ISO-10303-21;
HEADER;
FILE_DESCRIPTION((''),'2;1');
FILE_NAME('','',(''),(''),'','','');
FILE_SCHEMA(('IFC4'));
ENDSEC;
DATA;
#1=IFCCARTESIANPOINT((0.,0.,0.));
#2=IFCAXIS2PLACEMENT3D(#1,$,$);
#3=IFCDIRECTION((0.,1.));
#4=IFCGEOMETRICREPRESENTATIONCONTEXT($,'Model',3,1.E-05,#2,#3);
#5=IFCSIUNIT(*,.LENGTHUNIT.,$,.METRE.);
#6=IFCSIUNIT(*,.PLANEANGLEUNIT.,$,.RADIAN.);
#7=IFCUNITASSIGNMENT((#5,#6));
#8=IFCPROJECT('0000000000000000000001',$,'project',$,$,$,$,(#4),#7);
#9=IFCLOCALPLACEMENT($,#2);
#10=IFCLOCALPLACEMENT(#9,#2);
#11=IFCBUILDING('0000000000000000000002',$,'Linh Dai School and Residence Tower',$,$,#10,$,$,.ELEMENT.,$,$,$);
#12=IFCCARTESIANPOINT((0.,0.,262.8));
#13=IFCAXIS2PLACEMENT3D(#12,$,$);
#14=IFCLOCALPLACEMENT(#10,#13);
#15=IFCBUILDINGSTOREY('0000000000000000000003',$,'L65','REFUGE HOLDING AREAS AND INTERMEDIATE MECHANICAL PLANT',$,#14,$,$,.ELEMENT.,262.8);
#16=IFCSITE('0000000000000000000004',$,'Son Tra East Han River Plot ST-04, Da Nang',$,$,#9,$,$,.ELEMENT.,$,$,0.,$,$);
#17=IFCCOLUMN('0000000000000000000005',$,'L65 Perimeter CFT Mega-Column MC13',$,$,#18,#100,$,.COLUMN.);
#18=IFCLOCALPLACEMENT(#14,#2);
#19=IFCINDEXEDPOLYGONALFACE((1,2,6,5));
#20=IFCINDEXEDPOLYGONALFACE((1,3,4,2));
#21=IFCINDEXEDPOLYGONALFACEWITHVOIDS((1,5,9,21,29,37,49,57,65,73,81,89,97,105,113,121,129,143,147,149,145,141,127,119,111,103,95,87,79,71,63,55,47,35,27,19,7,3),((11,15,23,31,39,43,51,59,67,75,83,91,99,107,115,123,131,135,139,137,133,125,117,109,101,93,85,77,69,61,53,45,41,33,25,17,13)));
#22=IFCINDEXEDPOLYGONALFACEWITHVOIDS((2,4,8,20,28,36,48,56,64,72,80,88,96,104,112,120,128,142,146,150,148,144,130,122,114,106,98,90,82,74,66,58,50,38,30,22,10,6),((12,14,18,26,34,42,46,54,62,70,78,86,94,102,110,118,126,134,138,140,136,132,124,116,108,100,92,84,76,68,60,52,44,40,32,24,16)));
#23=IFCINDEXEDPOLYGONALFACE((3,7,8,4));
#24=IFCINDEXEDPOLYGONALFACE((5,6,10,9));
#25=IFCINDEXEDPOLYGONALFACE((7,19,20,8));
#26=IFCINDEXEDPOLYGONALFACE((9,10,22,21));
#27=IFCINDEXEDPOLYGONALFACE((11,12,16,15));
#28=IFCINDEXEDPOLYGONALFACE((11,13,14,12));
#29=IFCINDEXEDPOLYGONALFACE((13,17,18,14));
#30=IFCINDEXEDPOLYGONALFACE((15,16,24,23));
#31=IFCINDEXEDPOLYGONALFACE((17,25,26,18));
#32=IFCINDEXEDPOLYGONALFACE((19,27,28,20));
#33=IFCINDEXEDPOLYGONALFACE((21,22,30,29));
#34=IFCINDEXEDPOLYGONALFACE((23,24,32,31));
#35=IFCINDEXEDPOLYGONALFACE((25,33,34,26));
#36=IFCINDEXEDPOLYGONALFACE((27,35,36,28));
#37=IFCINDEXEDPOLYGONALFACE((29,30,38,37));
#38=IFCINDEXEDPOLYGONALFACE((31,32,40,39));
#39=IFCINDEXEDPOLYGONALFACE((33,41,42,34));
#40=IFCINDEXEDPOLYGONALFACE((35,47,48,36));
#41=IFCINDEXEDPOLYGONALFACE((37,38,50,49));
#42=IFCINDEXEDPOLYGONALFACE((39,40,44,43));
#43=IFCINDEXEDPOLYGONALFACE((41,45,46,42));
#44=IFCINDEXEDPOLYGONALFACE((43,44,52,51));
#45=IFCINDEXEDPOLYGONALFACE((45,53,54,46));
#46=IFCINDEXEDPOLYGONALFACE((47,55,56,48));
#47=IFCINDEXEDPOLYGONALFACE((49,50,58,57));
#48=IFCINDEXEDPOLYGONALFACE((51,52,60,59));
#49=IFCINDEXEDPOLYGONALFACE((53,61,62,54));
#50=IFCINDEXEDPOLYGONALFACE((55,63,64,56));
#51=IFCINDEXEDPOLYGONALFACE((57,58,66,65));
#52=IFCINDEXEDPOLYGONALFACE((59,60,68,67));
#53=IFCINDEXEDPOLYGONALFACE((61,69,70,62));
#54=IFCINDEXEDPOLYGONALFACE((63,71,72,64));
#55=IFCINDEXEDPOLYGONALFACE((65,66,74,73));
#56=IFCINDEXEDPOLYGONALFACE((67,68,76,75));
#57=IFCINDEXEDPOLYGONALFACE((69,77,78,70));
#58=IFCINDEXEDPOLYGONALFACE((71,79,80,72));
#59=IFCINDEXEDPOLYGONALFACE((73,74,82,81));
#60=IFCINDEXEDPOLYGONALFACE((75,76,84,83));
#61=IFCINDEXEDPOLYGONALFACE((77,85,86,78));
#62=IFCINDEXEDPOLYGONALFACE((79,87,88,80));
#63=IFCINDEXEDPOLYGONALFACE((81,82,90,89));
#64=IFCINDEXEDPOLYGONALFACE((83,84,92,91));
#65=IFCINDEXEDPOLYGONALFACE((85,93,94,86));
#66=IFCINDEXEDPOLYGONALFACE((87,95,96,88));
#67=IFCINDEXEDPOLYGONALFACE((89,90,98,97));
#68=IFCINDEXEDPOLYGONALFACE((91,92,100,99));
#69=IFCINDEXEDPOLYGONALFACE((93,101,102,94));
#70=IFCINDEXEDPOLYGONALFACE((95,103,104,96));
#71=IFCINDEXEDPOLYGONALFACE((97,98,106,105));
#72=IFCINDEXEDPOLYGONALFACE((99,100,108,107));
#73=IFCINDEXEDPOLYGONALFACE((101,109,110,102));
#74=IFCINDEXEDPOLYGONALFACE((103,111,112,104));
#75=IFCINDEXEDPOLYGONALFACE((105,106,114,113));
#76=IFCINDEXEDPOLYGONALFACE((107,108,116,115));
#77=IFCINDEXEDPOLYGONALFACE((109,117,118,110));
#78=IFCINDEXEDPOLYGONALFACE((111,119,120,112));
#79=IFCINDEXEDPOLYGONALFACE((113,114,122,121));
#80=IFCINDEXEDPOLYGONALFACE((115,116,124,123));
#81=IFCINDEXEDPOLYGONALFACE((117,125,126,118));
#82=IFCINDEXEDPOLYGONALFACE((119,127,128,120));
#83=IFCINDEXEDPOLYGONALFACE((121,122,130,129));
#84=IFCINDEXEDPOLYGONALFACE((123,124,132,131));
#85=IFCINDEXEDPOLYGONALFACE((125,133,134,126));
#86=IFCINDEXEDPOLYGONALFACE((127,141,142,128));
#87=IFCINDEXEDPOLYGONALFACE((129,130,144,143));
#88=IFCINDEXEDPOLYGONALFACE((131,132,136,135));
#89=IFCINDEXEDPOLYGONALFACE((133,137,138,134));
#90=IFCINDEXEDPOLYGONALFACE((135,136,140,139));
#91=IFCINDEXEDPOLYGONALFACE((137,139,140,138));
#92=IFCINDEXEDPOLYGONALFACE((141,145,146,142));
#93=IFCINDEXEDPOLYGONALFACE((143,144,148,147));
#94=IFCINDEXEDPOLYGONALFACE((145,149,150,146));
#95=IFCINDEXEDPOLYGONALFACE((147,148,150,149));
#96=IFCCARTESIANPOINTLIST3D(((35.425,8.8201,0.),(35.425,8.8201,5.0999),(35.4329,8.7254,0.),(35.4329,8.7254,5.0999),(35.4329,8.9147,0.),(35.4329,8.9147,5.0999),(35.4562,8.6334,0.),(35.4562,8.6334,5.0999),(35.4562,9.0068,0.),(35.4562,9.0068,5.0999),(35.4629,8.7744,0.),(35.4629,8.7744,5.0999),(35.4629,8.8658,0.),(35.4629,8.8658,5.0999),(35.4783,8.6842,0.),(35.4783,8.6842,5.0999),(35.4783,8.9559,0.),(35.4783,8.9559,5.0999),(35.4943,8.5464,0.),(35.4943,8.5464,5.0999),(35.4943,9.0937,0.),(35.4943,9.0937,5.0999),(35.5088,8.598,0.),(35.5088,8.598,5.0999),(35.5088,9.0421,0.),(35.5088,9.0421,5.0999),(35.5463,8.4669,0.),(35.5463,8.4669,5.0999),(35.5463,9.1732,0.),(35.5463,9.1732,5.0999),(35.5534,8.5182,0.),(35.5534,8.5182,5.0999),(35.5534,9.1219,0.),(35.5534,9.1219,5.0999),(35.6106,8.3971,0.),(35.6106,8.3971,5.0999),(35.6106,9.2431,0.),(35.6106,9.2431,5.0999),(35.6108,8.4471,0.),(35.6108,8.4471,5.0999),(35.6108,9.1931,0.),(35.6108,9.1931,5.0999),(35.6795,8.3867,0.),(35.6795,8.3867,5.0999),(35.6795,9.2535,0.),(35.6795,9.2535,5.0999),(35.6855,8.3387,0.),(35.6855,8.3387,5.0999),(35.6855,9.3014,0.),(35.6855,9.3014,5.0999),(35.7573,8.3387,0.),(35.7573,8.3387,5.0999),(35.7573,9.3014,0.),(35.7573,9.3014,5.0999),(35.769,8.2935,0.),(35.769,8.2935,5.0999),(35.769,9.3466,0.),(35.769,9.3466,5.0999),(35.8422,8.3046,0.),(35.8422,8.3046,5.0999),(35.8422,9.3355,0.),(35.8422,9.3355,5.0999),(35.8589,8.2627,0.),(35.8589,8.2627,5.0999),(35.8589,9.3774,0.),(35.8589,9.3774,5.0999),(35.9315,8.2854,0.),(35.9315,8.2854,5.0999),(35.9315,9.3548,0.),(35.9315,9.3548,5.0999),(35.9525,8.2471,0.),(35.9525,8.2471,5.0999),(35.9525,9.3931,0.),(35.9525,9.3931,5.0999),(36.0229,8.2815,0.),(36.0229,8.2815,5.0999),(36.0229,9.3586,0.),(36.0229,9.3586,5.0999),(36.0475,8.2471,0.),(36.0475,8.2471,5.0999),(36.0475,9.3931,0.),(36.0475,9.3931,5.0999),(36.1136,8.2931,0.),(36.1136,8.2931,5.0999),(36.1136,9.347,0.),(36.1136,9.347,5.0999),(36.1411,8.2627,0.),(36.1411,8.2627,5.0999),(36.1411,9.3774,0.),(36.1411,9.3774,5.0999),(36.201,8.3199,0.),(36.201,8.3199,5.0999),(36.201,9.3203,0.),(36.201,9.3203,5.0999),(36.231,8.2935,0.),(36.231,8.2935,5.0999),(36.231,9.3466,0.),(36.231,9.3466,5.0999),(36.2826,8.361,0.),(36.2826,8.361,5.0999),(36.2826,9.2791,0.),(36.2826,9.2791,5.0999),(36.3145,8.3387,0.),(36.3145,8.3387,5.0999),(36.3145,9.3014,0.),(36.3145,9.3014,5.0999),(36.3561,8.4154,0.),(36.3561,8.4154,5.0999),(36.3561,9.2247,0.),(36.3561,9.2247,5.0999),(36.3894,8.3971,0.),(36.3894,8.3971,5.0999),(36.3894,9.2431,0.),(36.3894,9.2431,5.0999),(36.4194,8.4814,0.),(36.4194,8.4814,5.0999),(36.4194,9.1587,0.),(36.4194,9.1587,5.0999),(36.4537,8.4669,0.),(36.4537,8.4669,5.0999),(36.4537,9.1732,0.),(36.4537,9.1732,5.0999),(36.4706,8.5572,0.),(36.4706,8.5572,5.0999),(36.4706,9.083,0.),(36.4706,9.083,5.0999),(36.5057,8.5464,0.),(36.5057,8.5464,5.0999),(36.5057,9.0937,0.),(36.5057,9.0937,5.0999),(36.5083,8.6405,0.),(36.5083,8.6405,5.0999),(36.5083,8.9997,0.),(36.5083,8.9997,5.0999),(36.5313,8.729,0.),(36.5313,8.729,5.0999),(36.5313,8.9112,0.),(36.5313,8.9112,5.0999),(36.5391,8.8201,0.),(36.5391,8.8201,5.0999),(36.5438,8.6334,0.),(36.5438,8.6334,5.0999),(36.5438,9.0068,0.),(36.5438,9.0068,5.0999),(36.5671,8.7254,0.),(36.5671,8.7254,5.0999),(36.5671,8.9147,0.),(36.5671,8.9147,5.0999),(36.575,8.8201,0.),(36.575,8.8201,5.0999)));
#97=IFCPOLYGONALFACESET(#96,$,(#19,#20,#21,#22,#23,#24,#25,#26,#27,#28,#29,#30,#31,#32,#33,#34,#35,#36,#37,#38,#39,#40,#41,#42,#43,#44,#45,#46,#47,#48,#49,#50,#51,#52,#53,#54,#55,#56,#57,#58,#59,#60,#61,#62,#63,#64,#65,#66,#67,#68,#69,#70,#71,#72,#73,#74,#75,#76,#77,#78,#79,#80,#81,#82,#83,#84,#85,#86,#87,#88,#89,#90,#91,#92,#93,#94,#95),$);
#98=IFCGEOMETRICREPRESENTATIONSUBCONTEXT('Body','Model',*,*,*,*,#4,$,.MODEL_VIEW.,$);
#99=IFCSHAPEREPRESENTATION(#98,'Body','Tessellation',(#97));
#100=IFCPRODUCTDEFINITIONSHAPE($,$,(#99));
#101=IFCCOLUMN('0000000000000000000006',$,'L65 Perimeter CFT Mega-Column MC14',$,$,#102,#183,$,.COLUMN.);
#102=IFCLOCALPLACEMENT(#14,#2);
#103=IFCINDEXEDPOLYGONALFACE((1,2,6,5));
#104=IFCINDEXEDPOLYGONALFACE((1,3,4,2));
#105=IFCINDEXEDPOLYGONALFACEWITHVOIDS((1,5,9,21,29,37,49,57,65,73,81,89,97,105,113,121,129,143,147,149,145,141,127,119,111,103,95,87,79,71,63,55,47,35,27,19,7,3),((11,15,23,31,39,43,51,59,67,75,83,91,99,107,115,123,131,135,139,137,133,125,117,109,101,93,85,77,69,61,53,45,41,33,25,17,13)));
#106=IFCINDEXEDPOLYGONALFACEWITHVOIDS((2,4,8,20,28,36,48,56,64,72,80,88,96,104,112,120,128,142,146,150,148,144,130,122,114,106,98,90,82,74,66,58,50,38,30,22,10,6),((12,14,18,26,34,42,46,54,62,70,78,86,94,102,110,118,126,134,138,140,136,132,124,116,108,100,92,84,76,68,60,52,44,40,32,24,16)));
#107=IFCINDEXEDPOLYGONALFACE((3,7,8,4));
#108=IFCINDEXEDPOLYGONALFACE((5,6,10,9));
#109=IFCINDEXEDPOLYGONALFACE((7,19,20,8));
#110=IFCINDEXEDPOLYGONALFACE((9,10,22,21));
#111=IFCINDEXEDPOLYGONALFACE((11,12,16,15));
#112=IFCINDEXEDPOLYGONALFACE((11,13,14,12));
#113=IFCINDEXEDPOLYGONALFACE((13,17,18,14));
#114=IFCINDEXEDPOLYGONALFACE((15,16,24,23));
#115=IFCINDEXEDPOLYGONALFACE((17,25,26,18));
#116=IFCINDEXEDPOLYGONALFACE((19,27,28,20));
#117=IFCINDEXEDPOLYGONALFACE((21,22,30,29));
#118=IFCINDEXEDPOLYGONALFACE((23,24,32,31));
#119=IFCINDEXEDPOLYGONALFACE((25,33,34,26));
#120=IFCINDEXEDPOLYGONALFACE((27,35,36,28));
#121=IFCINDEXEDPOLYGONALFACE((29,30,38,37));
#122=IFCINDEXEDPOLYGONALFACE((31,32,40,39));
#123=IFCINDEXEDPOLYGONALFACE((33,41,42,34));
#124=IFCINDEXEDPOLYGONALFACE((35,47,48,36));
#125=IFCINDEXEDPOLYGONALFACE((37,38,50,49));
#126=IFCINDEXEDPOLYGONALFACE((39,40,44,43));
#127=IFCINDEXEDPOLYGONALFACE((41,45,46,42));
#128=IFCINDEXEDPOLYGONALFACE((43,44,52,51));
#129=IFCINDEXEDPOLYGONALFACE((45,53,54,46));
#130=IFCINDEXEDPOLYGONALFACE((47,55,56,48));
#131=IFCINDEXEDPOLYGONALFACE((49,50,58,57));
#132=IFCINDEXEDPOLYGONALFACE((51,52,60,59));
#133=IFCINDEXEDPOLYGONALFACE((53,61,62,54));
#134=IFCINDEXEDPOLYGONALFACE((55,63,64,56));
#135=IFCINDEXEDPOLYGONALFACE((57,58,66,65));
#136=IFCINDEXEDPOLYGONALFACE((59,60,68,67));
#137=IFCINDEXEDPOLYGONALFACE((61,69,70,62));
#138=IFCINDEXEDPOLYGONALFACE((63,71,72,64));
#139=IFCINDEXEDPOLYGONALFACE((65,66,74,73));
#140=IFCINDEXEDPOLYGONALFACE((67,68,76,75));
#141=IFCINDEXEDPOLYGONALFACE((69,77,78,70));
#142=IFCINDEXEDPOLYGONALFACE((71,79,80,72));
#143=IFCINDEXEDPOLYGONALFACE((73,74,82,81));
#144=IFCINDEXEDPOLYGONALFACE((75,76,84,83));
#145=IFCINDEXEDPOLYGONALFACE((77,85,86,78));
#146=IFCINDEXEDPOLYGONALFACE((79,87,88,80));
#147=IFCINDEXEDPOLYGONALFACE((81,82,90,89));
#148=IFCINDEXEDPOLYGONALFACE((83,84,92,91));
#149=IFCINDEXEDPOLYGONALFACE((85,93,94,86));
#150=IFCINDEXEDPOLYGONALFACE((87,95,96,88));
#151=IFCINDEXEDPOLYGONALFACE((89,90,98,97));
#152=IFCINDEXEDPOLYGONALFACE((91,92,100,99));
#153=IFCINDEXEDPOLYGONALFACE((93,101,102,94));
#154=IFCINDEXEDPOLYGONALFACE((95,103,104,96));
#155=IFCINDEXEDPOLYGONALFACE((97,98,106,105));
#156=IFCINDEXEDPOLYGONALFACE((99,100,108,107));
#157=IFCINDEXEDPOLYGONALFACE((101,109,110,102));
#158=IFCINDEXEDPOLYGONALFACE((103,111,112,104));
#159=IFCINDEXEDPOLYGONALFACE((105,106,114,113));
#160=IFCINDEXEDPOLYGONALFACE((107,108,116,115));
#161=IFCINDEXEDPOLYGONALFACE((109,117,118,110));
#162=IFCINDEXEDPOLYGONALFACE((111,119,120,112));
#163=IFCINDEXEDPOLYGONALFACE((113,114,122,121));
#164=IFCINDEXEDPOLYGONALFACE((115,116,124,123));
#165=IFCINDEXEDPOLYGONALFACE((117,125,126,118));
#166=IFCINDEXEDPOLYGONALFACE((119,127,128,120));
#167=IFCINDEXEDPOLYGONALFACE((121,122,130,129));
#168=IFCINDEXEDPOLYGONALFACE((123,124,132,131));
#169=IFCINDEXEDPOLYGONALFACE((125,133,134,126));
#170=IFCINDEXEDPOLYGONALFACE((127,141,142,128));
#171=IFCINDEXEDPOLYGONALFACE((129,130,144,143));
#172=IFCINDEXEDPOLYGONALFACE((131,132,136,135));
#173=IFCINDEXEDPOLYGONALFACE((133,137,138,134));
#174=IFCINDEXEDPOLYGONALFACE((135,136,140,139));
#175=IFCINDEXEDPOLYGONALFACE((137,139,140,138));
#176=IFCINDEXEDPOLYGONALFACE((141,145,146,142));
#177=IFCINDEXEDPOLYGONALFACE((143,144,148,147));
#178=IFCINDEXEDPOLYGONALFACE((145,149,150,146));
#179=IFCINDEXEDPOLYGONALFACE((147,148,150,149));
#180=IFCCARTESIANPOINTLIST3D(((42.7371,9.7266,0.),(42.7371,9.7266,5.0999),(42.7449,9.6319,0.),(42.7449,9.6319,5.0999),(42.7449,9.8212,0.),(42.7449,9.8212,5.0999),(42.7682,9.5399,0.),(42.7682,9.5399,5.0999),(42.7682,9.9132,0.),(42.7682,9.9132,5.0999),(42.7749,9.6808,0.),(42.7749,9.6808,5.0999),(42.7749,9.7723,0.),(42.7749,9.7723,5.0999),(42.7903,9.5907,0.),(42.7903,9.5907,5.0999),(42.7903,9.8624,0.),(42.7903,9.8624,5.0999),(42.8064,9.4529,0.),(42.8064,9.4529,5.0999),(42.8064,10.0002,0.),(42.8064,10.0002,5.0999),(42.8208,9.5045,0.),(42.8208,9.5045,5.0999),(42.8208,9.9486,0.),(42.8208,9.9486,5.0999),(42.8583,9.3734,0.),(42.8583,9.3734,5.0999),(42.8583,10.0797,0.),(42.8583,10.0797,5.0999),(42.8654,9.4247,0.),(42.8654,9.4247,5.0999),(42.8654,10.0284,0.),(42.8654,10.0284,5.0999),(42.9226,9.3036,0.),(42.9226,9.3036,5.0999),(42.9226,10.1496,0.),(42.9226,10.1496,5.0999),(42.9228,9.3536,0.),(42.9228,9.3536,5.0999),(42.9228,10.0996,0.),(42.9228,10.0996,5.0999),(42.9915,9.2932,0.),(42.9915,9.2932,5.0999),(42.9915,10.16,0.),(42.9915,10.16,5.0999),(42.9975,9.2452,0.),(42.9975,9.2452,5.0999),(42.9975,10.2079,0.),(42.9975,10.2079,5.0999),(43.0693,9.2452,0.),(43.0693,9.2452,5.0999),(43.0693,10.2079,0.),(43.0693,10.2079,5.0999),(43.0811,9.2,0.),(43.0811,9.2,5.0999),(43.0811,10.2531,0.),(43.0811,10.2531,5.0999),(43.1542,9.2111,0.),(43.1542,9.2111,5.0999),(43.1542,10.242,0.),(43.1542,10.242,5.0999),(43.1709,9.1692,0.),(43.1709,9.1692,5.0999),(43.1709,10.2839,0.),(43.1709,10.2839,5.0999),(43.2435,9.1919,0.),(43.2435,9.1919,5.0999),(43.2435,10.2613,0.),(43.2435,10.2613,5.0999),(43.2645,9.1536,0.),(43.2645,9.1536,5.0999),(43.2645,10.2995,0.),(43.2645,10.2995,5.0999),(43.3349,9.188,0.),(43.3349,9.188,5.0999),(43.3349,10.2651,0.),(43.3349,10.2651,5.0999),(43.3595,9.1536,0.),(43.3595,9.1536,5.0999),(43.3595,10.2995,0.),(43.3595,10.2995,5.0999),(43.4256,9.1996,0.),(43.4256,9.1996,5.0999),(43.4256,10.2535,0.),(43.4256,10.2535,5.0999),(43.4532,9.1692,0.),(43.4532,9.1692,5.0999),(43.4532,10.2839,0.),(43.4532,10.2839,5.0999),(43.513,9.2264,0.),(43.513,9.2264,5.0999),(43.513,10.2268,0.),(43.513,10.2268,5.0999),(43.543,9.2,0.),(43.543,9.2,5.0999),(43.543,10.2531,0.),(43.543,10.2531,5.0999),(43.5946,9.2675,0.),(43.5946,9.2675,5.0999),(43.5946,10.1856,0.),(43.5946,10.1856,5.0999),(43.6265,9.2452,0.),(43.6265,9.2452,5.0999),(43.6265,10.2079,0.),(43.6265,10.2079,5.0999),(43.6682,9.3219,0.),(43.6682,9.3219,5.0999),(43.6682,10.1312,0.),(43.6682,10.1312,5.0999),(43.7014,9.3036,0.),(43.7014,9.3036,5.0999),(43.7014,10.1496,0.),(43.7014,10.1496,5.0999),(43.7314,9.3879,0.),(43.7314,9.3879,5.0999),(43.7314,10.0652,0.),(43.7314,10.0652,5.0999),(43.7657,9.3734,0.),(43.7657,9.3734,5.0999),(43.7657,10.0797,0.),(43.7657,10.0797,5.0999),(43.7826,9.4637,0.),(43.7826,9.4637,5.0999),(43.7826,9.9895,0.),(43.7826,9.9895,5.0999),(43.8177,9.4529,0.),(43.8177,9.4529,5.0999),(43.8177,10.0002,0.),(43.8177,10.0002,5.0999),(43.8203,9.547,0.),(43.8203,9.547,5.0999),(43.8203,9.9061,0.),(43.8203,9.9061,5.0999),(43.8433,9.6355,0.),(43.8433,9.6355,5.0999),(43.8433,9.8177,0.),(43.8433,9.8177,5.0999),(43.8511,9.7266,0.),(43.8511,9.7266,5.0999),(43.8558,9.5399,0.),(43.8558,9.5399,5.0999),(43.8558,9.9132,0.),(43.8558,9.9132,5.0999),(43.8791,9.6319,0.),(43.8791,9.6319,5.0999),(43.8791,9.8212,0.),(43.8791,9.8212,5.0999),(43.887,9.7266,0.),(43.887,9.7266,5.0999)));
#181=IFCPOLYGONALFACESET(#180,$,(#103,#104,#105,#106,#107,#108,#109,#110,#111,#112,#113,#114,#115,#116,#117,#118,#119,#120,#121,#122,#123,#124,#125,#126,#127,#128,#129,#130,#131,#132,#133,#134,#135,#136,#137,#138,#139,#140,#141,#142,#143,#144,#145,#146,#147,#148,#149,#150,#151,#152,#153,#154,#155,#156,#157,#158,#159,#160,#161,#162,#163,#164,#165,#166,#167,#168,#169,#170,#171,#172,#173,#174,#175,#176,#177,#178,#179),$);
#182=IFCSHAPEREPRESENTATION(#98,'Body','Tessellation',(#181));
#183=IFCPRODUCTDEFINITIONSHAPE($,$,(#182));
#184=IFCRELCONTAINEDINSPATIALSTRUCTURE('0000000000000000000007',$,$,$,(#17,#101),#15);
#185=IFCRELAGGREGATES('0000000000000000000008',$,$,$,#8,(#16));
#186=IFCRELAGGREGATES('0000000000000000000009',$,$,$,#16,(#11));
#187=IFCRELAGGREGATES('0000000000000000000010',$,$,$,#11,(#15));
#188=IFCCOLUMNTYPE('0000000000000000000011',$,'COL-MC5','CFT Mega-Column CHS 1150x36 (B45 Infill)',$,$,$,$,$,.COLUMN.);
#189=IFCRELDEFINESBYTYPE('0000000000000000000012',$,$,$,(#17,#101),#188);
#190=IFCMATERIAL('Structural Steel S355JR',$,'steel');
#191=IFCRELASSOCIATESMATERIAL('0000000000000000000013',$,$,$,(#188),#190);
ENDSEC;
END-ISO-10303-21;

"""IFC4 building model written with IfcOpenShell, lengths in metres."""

from ifc_helpers import new_model, si_unit, direction, frame, origin, origin_2d, place, context, subcontext, project, spatial, hollow_circle, extrude, material, material_profile, profile_set, type_object, element, save


model = new_model("IFC4")

# Units and contexts
model_context = context("Model", 3, precision=1e-05, world=origin(), true_north=direction((0.0, 1.0)))
body_context = subcontext(model_context, "Body", "Model", "MODEL_VIEW")
ifc_project = project(units=[si_unit("LENGTHUNIT", "METRE"), si_unit("PLANEANGLEUNIT", "RADIAN")], contexts=[model_context])

# Site, building, storey
site_placement = place(None, origin())
site = spatial("IfcSite", under=ifc_project, at=site_placement, Name="Son Tra East Han River Plot ST-04, Da Nang", CompositionType="ELEMENT", RefElevation=0.0)
building_placement = place(site_placement, origin())
building = spatial("IfcBuilding", under=site, at=building_placement, Name="Linh Dai School and Residence Tower", CompositionType="ELEMENT")
storey_placement = place(building_placement, frame((0.0, 0.0, 262.8)))
storey = spatial("IfcBuildingStorey", under=building, at=storey_placement, Name="L65", Description="REFUGE HOLDING AREAS AND INTERMEDIATE MECHANICAL PLANT", CompositionType="ELEMENT", Elevation=262.8)

# Columns
ifc_material_1 = material(Name="Structural Steel S355JR", Category="steel")
ifc_material_profile_1 = material_profile(ifc_material_1, hollow_circle(Radius=0.575, WallThickness=0.0359, at=origin_2d()), Name="CHS 1150x36")
ifc_profile_set_1 = profile_set([ifc_material_profile_1], Name="Structural Steel S355JR")
column_type = type_object("IfcColumnType", Name="COL-MC5", Description="CFT Mega-Column CHS 1150x36 (B45 Infill)", PredefinedType="COLUMN", material=ifc_profile_set_1)
for number, where, z_axis, x_axis, name in (
    (1, (36.0, 8.8201, 0.0), (0.0, 0.0, 1.0), (1.0, 0.0, 0.0), "L65 Perimeter CFT Mega-Column MC13"),
    (2, (43.312, 9.7266, 0.0), (0.0, 0.0, 1.0), (1.0, 0.0, 0.0), "L65 Perimeter CFT Mega-Column MC14"),
):
    element("IfcColumn", number, at=place(storey_placement, frame(where, z_axis=z_axis, x_axis=x_axis)), inside=storey, type_object=column_type, Name=name, PredefinedType="COLUMN", context=body_context, shape_type="SweptSolid", body=[
        extrude(hollow_circle(Radius=0.575, WallThickness=0.0359, at=origin_2d()), origin(), (0.0, 0.0, 1.0), 5.0999),
    ])

save(model, "model.ifc")
